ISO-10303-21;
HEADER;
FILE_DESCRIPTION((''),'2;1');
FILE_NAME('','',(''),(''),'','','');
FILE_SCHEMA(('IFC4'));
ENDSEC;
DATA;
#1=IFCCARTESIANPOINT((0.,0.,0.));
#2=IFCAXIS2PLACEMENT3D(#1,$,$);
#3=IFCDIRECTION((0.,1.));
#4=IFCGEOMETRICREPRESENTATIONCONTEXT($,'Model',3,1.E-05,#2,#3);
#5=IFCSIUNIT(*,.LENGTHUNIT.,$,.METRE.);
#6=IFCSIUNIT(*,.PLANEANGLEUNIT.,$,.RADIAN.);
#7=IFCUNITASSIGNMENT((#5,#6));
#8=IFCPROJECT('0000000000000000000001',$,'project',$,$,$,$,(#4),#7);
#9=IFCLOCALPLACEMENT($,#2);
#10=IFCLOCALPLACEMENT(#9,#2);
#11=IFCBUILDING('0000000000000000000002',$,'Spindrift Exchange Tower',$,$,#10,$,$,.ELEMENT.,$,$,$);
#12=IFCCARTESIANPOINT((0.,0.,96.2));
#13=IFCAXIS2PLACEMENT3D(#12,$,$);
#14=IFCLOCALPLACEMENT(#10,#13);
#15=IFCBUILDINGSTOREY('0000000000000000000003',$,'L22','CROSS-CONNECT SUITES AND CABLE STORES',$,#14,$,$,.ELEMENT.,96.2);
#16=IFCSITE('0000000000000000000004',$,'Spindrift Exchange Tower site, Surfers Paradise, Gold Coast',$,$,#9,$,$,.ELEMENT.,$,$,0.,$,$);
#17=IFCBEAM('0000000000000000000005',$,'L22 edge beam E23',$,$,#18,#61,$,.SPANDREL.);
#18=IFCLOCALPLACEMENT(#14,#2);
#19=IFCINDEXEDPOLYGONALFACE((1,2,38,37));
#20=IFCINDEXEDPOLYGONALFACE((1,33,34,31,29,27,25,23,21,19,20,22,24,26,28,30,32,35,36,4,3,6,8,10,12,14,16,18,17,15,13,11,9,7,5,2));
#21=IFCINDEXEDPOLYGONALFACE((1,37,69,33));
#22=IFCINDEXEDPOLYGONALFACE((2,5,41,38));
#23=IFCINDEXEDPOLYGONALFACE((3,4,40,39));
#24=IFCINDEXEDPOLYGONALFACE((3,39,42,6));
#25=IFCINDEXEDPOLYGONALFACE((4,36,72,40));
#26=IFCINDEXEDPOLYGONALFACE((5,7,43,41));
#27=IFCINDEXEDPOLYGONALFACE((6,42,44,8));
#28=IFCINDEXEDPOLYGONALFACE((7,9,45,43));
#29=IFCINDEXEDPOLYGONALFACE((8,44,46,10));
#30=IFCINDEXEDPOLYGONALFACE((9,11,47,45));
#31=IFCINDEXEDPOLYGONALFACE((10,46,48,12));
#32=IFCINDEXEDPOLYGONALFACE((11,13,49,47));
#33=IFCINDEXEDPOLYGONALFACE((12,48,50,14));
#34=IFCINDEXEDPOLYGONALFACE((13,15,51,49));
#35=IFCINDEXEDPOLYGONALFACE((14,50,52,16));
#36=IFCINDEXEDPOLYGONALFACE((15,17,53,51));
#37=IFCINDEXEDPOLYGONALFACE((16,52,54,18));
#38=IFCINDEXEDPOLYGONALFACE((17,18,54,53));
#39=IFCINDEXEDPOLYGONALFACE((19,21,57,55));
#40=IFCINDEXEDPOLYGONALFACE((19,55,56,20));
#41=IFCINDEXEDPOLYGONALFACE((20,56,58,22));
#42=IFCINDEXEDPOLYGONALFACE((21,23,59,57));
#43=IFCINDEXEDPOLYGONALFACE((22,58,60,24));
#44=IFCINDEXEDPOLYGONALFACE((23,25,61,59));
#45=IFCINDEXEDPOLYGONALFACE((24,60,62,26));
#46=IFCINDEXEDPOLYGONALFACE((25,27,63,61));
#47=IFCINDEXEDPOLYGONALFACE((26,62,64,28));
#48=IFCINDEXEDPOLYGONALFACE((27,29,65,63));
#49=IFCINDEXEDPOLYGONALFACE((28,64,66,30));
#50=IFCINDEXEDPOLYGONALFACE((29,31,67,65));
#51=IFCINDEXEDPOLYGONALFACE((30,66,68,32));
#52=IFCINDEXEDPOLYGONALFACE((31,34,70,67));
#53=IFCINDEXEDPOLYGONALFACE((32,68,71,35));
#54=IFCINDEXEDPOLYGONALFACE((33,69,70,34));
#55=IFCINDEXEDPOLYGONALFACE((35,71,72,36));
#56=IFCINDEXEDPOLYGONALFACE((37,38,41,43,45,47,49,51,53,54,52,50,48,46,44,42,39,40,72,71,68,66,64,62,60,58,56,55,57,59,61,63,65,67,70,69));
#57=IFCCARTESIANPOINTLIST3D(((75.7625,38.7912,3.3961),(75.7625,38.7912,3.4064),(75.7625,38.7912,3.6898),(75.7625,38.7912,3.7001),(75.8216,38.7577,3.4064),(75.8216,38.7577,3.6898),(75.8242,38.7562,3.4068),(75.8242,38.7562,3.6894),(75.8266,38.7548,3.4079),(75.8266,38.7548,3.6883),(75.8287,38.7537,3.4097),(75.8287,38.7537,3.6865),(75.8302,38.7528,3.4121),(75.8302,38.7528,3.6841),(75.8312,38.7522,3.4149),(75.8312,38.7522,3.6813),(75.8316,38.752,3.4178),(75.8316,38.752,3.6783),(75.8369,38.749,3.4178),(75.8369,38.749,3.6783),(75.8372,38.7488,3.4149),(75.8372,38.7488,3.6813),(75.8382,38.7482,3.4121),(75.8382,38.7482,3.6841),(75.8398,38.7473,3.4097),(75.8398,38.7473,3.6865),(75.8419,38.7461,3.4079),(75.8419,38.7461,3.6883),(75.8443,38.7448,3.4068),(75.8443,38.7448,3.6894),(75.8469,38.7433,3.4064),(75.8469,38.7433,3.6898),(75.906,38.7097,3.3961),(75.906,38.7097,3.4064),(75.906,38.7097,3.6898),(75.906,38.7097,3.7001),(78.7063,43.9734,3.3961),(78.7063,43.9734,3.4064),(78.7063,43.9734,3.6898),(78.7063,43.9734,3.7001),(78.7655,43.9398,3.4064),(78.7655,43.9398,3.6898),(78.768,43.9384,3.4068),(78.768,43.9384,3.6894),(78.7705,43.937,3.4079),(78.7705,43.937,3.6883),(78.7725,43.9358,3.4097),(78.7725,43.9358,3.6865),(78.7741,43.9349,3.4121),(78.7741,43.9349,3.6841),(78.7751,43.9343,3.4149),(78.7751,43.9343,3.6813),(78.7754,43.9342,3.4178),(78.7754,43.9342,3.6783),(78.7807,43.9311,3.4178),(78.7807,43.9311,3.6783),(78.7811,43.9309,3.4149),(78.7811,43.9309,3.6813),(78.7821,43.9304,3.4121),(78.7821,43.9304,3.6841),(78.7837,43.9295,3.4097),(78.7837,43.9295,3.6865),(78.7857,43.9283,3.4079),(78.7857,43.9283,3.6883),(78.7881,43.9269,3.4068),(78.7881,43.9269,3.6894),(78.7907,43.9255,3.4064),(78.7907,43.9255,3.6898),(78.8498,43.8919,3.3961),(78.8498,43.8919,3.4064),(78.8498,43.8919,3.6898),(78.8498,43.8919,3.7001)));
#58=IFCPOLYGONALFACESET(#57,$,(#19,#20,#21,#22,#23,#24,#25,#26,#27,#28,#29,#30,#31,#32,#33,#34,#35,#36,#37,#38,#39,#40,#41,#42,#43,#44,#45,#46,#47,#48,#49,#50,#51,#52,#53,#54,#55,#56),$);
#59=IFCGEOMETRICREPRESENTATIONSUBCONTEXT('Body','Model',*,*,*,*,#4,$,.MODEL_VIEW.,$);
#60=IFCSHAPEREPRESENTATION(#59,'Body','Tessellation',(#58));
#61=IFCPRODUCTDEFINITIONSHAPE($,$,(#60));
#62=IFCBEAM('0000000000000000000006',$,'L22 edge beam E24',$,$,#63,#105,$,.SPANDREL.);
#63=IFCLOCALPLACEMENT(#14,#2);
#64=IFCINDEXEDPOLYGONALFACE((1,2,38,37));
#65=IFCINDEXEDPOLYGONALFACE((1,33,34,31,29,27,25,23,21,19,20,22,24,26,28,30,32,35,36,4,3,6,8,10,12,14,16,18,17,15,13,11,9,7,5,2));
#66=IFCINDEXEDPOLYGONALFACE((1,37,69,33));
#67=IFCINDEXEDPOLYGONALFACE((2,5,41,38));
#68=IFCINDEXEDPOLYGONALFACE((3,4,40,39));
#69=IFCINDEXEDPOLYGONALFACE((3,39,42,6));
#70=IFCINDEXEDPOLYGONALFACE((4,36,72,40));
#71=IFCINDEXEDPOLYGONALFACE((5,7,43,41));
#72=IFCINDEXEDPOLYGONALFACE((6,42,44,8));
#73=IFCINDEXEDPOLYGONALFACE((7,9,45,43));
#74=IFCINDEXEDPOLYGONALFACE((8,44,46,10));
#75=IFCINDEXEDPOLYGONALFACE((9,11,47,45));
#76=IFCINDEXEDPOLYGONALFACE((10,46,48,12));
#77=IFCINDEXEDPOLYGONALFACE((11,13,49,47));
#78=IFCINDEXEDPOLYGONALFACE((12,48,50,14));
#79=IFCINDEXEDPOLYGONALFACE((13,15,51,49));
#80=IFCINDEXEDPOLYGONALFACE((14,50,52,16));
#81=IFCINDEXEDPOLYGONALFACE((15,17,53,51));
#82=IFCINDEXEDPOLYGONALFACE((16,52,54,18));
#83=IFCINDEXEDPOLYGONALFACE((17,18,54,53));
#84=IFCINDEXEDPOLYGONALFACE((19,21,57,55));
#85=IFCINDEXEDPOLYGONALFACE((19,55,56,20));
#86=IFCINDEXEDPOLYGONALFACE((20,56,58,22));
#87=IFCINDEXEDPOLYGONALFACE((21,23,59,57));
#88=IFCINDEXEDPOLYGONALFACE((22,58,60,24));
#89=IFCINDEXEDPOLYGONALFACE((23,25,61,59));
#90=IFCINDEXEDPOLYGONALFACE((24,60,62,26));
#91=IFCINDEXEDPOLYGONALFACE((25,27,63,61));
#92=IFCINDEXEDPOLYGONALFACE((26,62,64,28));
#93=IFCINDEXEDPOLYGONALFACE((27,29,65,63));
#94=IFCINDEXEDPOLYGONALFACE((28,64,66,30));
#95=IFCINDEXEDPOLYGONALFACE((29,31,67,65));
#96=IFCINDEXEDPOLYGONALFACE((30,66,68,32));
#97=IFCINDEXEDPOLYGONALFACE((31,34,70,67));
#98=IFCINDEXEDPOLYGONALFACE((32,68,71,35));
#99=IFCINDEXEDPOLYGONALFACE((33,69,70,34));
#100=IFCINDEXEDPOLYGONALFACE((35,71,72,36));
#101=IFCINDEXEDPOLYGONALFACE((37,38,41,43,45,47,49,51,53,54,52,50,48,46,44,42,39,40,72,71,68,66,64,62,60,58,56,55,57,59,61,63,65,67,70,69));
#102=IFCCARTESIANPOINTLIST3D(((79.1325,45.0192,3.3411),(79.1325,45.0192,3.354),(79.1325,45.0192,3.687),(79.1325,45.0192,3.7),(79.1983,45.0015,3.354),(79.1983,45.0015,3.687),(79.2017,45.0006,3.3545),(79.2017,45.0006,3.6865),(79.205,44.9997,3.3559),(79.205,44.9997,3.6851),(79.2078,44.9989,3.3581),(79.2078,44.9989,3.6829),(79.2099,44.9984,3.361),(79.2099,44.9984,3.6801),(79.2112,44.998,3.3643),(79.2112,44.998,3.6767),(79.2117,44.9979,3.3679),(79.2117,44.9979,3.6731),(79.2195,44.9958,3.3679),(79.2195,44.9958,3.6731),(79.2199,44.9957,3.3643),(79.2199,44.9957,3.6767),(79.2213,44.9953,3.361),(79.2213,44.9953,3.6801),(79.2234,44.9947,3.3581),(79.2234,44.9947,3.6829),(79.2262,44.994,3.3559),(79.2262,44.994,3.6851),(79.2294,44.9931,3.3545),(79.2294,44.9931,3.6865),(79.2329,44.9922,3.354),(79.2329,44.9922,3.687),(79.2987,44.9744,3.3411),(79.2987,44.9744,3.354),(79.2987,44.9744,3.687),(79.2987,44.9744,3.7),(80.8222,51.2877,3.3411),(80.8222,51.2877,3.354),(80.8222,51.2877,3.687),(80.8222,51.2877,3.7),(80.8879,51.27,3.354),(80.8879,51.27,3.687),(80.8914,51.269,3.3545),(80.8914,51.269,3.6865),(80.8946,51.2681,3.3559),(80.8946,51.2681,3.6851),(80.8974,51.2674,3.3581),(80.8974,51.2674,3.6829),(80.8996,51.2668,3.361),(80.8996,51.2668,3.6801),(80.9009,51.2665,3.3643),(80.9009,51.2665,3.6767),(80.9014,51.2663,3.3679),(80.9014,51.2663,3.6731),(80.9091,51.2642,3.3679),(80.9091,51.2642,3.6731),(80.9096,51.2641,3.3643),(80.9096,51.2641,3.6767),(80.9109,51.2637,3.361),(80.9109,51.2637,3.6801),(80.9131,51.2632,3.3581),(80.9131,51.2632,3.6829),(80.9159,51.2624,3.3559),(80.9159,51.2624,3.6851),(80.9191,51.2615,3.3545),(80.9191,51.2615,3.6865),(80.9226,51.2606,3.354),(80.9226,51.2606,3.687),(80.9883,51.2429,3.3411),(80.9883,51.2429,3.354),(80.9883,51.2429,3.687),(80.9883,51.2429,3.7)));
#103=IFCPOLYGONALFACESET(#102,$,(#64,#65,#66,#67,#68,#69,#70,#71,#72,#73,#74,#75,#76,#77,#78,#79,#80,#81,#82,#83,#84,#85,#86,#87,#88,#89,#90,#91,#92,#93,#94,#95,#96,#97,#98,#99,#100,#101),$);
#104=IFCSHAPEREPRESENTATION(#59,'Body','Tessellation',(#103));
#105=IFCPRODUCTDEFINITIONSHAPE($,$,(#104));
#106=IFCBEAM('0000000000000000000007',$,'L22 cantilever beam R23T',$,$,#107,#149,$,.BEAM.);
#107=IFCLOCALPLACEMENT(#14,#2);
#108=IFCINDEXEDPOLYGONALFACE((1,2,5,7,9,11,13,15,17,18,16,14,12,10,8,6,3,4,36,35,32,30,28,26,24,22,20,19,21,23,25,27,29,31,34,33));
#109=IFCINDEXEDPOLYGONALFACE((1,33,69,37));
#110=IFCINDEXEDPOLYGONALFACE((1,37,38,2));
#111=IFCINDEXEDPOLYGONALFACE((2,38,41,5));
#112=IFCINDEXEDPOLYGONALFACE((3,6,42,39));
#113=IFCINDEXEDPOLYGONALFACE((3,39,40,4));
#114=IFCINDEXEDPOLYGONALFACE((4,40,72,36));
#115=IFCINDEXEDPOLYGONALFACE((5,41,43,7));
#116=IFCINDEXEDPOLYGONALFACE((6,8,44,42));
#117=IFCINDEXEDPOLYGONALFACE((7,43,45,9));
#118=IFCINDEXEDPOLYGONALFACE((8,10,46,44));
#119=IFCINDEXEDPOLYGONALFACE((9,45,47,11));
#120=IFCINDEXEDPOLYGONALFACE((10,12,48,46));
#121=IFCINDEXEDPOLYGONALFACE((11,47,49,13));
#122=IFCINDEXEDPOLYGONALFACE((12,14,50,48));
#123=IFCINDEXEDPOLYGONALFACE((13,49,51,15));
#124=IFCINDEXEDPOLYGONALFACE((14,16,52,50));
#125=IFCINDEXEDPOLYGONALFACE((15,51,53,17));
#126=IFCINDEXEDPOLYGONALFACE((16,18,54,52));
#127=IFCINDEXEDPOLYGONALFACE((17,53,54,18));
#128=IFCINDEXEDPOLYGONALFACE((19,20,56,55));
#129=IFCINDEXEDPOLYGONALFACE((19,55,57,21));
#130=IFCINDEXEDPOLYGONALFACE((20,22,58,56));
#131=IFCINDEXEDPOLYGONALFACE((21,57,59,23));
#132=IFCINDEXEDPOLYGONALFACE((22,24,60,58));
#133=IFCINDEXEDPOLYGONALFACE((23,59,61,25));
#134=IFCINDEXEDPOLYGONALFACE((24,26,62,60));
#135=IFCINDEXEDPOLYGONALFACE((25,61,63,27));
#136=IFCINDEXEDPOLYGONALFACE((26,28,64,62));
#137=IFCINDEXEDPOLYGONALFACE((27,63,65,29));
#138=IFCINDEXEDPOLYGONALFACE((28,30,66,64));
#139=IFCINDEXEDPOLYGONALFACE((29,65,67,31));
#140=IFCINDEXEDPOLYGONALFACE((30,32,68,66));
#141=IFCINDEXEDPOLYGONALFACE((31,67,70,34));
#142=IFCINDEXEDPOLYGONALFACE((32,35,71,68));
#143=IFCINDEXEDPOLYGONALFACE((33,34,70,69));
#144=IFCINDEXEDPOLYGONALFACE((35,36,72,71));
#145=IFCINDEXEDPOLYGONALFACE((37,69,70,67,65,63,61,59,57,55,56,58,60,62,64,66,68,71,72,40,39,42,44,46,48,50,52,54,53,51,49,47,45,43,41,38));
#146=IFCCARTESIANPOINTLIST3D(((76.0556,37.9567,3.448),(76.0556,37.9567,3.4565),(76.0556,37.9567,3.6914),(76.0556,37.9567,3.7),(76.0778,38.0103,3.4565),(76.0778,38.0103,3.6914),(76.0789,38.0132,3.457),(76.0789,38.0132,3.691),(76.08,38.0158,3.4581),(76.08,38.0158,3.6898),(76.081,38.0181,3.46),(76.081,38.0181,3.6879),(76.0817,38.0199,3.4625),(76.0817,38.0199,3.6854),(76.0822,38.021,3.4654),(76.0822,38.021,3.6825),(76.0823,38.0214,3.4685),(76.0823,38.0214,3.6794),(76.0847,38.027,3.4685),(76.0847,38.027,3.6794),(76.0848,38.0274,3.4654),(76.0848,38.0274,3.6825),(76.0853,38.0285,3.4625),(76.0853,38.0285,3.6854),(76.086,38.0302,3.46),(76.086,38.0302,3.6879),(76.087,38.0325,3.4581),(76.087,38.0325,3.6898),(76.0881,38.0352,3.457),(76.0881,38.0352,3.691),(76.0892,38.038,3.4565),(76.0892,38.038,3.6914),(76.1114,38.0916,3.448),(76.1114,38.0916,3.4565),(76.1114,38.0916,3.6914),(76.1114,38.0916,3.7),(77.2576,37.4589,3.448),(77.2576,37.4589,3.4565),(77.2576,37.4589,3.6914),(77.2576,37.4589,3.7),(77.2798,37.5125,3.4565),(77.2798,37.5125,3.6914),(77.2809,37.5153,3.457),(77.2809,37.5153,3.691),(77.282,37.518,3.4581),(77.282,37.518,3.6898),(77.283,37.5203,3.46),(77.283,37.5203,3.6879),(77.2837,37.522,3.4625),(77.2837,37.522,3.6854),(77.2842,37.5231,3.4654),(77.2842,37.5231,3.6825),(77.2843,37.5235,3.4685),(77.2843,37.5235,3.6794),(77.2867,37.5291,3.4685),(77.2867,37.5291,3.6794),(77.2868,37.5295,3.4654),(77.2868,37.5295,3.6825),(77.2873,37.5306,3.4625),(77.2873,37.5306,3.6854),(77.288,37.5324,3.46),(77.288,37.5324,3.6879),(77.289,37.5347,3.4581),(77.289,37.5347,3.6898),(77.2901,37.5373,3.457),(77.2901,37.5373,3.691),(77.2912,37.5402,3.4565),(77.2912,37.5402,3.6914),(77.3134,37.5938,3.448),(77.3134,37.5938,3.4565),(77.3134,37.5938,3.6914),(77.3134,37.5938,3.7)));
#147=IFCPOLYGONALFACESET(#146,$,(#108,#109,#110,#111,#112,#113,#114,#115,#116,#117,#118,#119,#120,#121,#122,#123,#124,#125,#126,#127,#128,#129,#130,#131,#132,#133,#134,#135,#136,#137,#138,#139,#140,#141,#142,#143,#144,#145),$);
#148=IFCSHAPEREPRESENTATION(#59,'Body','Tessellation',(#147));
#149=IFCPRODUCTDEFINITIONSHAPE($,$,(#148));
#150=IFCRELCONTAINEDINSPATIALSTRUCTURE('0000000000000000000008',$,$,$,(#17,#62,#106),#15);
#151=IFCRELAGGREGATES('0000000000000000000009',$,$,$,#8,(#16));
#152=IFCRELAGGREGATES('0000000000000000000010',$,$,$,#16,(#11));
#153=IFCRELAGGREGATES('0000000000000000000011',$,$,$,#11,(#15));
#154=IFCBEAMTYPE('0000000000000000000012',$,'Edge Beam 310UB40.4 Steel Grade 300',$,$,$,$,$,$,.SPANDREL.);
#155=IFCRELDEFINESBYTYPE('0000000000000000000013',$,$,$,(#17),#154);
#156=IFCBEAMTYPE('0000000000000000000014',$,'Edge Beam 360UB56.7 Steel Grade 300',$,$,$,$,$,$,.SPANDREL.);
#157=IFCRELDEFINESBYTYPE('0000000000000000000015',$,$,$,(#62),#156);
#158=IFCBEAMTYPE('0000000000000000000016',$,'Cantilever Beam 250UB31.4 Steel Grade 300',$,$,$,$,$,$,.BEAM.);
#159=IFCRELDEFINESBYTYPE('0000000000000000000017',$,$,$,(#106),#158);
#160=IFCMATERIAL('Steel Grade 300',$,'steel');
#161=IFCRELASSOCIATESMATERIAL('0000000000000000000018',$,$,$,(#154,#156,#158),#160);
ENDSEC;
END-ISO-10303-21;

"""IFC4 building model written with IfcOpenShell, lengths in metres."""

from ifc_helpers import new_model, si_unit, direction, frame, origin, origin_2d, place, context, subcontext, project, spatial, i_section, extrude, source, transform, mapped, material, material_profile, profile_set, type_object, element, save


model = new_model("IFC4")

# Units and contexts
model_context = context("Model", 3, precision=1e-05, world=origin(), true_north=direction((0.0, 1.0)))
body_context = subcontext(model_context, "Body", "Model", "MODEL_VIEW")
ifc_project = project(units=[si_unit("LENGTHUNIT", "METRE"), si_unit("PLANEANGLEUNIT", "RADIAN")], contexts=[model_context])

# Site, building, storey
site_placement = place(None, origin())
site = spatial("IfcSite", under=ifc_project, at=site_placement, Name="Spindrift Exchange Tower site, Surfers Paradise, Gold Coast", CompositionType="ELEMENT", RefElevation=0.0)
building_placement = place(site_placement, origin())
building = spatial("IfcBuilding", under=site, at=building_placement, Name="Spindrift Exchange Tower", CompositionType="ELEMENT")
storey_placement = place(building_placement, frame((0.0, 0.0, 96.2)))
storey = spatial("IfcBuildingStorey", under=building, at=storey_placement, Name="L22", Description="CROSS-CONNECT SUITES AND CABLE STORES", CompositionType="ELEMENT", Elevation=96.2)

# Beams
ifc_material_1 = material(Name="Steel Grade 300", Category="steel")
ifc_material_profile_1 = material_profile(ifc_material_1, i_section(OverallWidth=0.165, OverallDepth=0.304, WebThickness=0.0061, FlangeThickness=0.0103, FilletRadius=0.0115, at=origin_2d()), Name="310UB40.4")
ifc_profile_set_1 = profile_set([ifc_material_profile_1], Name="Steel Grade 300")
beam_type_1 = type_object("IfcBeamType", Name="Edge Beam 310UB40.4 Steel Grade 300", PredefinedType="SPANDREL", material=ifc_profile_set_1)
shared_shape_1 = source(origin(), body_context, "Body", "SweptSolid", [
    extrude(i_section(OverallWidth=0.165, OverallDepth=0.304, WebThickness=0.0061, FlangeThickness=0.0103, FilletRadius=0.0115, at=origin_2d()), origin(), (0.0, 0.0, 1.0), 5.96),
])
beam_1_placement = place(storey_placement, frame((75.8342, 38.7505, 3.5481), z_axis=(0.49394, 0.869496, 0.0), x_axis=(-0.869496, 0.49394, 0.0)))
element("IfcBeam", 1, at=beam_1_placement, inside=storey, type_object=beam_type_1, Name="L22 edge beam E23", PredefinedType="SPANDREL", context=body_context, shape_type="MappedRepresentation", body=[
    mapped(shared_shape_1, transform((0.0, 0.0, 0.0), scale=1.0)),
])
ifc_material_profile_2 = material_profile(ifc_material_1, i_section(OverallWidth=0.1721, OverallDepth=0.3589, WebThickness=0.0081, FlangeThickness=0.0129, FilletRadius=0.0139, at=origin_2d()), Name="360UB56.7")
ifc_profile_set_2 = profile_set([ifc_material_profile_2], Name="Steel Grade 300")
beam_type_2 = type_object("IfcBeamType", Name="Edge Beam 360UB56.7 Steel Grade 300", PredefinedType="SPANDREL", material=ifc_profile_set_2)
shared_shape_2 = source(origin(), body_context, "Body", "SweptSolid", [
    extrude(i_section(OverallWidth=0.1721, OverallDepth=0.3589, WebThickness=0.0081, FlangeThickness=0.0129, FilletRadius=0.0139, at=origin_2d()), origin(), (0.0, 0.0, 1.0), 6.4922),
])
beam_2_placement = place(storey_placement, frame((79.2156, 44.9968, 3.5205), z_axis=(0.260262, 0.965538, 0.0), x_axis=(-0.965538, 0.260262, 0.0)))
element("IfcBeam", 2, at=beam_2_placement, inside=storey, type_object=beam_type_2, Name="L22 edge beam E24", PredefinedType="SPANDREL", context=body_context, shape_type="MappedRepresentation", body=[
    mapped(shared_shape_2, transform((0.0, 0.0, 0.0), scale=1.0)),
])
ifc_material_profile_3 = material_profile(ifc_material_1, i_section(OverallWidth=0.146, OverallDepth=0.252, WebThickness=0.0061, FlangeThickness=0.0085, FilletRadius=0.012, at=origin_2d()), Name="250UB31.4")
ifc_profile_set_3 = profile_set([ifc_material_profile_3], Name="Steel Grade 300")
beam_type_3 = type_object("IfcBeamType", Name="Cantilever Beam 250UB31.4 Steel Grade 300", PredefinedType="BEAM", material=ifc_profile_set_3)
shared_shape_3 = source(origin(), body_context, "Body", "SweptSolid", [
    extrude(i_section(OverallWidth=0.146, OverallDepth=0.252, WebThickness=0.0061, FlangeThickness=0.0085, FilletRadius=0.012, at=origin_2d()), origin(), (0.0, 0.0, 1.0), 1.301),
])
beam_3_placement = place(storey_placement, frame((76.0835, 38.0242, 3.574), z_axis=(0.923891, -0.382656, 0.0), x_axis=(0.382656, 0.923891, 0.0)))
element("IfcBeam", 3, at=beam_3_placement, inside=storey, type_object=beam_type_3, Name="L22 cantilever beam R23T", PredefinedType="BEAM", context=body_context, shape_type="MappedRepresentation", body=[
    mapped(shared_shape_3, transform((0.0, 0.0, 0.0), scale=1.0)),
])

save(model, "model.ifc")
